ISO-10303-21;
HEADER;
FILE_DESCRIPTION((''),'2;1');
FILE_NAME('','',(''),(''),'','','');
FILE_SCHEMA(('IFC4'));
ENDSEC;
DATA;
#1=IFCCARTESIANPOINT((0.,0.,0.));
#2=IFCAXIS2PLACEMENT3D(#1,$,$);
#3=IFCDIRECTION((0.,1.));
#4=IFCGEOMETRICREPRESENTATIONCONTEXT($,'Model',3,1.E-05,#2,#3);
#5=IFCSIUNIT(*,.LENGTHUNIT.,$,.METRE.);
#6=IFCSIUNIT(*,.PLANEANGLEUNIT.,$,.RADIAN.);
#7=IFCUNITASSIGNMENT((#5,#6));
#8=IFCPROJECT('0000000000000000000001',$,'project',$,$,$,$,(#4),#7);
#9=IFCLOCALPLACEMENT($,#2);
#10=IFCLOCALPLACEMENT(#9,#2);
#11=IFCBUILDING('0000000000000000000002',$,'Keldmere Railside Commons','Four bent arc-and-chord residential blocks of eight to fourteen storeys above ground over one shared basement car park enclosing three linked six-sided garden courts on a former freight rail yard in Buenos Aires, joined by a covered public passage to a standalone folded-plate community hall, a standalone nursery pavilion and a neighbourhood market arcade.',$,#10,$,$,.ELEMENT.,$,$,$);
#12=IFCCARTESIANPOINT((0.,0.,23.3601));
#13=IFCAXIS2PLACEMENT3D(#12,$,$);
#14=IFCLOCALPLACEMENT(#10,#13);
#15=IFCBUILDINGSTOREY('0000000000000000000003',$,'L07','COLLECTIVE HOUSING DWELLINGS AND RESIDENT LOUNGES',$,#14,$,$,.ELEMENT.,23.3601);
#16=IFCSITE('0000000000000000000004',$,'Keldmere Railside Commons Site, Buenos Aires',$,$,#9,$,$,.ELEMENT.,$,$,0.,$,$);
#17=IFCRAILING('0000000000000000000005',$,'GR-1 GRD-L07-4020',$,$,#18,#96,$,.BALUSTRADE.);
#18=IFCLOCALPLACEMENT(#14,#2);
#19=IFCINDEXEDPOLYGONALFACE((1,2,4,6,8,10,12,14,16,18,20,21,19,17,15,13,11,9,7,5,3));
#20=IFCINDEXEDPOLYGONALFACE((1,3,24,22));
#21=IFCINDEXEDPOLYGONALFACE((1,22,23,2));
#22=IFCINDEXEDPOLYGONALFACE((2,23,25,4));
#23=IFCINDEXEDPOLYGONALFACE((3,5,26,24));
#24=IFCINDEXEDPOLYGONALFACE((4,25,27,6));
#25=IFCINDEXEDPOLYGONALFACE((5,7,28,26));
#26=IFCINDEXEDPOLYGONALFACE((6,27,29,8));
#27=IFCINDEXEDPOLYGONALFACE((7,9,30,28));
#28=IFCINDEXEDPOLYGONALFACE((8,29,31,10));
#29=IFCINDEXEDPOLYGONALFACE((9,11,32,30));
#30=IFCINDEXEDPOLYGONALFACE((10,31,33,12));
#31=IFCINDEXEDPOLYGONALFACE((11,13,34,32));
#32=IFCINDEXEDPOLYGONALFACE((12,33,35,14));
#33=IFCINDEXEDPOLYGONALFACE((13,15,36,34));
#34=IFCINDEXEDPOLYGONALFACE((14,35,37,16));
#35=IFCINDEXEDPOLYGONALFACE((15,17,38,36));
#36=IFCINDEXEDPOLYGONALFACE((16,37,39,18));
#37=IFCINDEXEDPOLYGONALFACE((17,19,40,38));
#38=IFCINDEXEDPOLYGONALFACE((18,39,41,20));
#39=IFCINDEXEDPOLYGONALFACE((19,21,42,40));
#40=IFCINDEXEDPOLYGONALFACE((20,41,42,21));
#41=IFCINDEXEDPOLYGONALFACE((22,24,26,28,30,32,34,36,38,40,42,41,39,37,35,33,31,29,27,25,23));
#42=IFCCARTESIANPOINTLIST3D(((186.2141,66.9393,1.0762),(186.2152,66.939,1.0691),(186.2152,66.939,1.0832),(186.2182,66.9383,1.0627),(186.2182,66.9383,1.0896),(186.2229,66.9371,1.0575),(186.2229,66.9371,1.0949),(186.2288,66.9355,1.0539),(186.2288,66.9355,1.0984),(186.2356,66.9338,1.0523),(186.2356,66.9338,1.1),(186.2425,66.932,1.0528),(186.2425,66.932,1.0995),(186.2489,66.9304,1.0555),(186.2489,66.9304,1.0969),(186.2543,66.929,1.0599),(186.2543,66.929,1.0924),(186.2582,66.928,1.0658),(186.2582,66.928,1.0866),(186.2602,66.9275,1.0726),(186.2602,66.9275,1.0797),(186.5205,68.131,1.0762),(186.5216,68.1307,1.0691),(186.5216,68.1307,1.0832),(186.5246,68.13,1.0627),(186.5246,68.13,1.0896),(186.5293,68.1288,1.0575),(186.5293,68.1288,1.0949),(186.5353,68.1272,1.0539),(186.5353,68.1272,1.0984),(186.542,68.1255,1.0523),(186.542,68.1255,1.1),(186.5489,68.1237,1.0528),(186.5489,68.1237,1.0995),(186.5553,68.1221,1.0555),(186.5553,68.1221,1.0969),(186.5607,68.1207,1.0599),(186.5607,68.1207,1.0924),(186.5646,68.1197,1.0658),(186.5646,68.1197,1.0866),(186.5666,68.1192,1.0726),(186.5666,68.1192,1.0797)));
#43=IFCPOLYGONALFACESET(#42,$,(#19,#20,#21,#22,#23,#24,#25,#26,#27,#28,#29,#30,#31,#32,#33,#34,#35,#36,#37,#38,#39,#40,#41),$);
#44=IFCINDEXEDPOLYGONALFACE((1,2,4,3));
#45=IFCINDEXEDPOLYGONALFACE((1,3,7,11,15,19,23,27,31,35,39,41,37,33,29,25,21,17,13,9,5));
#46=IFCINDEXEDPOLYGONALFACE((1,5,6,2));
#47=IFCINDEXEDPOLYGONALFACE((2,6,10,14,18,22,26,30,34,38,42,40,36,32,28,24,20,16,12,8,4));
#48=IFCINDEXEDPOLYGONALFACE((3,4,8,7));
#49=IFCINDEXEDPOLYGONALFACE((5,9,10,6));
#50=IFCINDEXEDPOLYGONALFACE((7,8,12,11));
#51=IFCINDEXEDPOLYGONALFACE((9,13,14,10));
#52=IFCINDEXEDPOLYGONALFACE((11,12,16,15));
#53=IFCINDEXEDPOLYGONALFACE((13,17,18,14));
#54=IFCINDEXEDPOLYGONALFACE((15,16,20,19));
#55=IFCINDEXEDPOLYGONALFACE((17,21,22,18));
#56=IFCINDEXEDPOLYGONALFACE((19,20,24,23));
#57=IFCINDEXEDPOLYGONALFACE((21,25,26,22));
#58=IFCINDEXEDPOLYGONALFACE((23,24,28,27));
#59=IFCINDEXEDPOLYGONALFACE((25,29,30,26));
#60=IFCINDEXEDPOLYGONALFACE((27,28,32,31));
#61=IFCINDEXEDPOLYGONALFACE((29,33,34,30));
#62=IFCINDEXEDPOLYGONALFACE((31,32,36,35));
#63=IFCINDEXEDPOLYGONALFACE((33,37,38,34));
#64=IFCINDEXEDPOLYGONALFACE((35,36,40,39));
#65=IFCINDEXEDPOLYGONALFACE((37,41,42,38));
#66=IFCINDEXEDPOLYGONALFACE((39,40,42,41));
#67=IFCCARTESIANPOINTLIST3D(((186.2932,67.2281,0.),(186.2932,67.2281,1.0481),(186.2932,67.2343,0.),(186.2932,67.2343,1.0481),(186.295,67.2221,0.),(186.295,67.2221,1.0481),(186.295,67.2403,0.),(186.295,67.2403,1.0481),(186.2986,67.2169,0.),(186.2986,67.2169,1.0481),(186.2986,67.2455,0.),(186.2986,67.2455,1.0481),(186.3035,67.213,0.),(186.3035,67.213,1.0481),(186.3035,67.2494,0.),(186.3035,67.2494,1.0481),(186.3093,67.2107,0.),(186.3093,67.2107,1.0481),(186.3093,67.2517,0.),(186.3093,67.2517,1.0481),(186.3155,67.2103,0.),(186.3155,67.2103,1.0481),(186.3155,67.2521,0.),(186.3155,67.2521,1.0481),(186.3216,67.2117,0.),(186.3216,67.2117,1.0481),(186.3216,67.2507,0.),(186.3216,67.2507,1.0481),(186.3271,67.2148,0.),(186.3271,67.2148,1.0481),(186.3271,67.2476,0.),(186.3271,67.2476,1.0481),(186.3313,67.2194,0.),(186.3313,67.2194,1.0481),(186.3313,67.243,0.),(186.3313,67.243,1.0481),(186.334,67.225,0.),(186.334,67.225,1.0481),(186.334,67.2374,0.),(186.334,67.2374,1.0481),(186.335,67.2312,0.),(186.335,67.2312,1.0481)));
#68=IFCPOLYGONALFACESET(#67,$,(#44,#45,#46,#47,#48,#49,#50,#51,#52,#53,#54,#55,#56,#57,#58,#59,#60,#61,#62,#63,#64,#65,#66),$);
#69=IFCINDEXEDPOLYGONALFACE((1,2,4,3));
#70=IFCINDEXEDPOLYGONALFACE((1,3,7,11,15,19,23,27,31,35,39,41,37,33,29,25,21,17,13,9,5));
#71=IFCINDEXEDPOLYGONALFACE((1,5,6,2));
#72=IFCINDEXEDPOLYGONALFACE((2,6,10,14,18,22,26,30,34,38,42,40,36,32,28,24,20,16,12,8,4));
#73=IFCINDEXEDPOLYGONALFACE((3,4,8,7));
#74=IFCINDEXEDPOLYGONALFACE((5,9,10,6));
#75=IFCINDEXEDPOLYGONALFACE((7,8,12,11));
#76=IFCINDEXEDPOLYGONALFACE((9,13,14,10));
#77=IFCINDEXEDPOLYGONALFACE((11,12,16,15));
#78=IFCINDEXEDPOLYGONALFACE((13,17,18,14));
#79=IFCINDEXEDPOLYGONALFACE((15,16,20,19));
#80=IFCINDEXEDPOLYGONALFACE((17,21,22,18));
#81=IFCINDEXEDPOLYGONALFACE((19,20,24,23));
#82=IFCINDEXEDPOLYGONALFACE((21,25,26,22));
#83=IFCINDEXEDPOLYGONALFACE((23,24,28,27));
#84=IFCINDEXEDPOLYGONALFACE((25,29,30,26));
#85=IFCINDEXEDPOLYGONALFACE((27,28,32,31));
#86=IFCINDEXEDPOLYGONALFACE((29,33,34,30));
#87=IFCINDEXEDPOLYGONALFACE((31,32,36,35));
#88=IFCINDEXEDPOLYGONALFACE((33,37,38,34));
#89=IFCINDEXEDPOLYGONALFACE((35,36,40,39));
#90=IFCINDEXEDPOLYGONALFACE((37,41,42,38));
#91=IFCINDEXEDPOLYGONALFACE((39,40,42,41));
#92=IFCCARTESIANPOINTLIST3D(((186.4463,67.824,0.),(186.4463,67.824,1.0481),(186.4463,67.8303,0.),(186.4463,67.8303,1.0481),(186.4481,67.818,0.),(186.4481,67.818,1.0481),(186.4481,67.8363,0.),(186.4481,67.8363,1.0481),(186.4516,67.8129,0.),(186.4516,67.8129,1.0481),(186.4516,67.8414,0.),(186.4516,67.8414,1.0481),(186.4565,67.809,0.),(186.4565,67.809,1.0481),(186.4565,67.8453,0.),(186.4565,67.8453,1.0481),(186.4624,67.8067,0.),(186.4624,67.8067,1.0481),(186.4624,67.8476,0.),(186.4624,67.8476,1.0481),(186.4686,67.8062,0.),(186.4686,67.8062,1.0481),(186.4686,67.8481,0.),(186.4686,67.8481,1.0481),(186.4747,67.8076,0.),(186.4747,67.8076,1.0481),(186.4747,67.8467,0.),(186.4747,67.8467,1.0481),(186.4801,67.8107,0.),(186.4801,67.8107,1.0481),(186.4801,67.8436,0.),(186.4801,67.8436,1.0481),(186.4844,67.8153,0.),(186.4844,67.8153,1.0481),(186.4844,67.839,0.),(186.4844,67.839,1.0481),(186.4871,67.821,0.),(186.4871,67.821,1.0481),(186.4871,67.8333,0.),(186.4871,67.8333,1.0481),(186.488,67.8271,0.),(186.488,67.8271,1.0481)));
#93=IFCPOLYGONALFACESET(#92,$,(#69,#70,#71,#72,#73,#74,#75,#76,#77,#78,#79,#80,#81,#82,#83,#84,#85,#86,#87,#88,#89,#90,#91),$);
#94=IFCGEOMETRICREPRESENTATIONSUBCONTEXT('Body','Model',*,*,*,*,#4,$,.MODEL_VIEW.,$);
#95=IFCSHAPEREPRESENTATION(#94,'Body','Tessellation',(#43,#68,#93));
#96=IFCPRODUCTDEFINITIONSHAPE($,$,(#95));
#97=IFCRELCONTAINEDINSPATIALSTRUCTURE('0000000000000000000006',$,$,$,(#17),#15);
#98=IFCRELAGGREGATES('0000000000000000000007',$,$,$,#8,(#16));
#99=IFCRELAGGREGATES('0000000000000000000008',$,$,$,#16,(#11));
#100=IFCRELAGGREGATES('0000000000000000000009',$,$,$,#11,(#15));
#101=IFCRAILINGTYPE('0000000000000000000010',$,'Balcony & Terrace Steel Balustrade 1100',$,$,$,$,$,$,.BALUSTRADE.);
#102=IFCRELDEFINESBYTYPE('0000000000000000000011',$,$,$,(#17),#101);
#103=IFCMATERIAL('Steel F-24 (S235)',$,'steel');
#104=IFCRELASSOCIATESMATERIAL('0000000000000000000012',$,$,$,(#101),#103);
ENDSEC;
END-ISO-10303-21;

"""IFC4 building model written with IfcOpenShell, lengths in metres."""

from ifc_helpers import new_model, si_unit, direction, frame, origin, origin_2d, place, context, subcontext, project, spatial, circle, extrude, material, type_object, element, save


model = new_model("IFC4")

# Units and contexts
model_context = context("Model", 3, precision=1e-05, world=origin(), true_north=direction((0.0, 1.0)))
body_context = subcontext(model_context, "Body", "Model", "MODEL_VIEW")
ifc_project = project(units=[si_unit("LENGTHUNIT", "METRE"), si_unit("PLANEANGLEUNIT", "RADIAN")], contexts=[model_context])

# Site, building, storey
site_placement = place(None, origin())
site = spatial("IfcSite", under=ifc_project, at=site_placement, Name="Keldmere Railside Commons Site, Buenos Aires", CompositionType="ELEMENT", RefElevation=0.0)
building_placement = place(site_placement, origin())
building = spatial("IfcBuilding", under=site, at=building_placement, Name="Keldmere Railside Commons", Description="Four bent arc-and-chord residential blocks of eight to fourteen storeys above ground over one shared basement car park enclosing three linked six-sided garden courts on a former freight rail yard in Buenos Aires, joined by a covered public passage to a standalone folded-plate community hall, a standalone nursery pavilion and a neighbourhood market arcade.", CompositionType="ELEMENT")
storey_placement = place(building_placement, frame((0.0, 0.0, 23.3601)))
storey = spatial("IfcBuildingStorey", under=building, at=storey_placement, Name="L07", Description="COLLECTIVE HOUSING DWELLINGS AND RESIDENT LOUNGES", CompositionType="ELEMENT", Elevation=23.3601)

# Railing
ifc_material_1 = material(Name="Steel F-24 (S235)", Category="steel")
railing_type = type_object("IfcRailingType", Name="Balcony & Terrace Steel Balustrade 1100", PredefinedType="BALUSTRADE", material=ifc_material_1)
railing_1_placement = place(storey_placement, frame((186.2373, 66.9333, 0.0)))
element("IfcRailing", 1, at=railing_1_placement, inside=storey, type_object=railing_type, Name="GR-1 GRD-L07-4020", PredefinedType="BALUSTRADE", context=body_context, shape_type="SweptSolid", body=[
    extrude(circle(Radius=0.0239, at=origin_2d()), frame((0.0, 0.0, 1.0762), z_axis=(0.24902, 0.968498, 0.0), x_axis=(-0.968498, 0.24902, 0.0)), (0.0, 0.0, 1.0), 1.2305),
    extrude(circle(Radius=0.021, at=origin_2d()), frame((0.0767, 0.2979, 0.0)), (0.0, 0.0, 1.0), 1.0481),
    extrude(circle(Radius=0.021, at=origin_2d()), frame((0.2297, 0.8938, 0.0)), (0.0, 0.0, 1.0), 1.0481),
])

save(model, "model.ifc")
